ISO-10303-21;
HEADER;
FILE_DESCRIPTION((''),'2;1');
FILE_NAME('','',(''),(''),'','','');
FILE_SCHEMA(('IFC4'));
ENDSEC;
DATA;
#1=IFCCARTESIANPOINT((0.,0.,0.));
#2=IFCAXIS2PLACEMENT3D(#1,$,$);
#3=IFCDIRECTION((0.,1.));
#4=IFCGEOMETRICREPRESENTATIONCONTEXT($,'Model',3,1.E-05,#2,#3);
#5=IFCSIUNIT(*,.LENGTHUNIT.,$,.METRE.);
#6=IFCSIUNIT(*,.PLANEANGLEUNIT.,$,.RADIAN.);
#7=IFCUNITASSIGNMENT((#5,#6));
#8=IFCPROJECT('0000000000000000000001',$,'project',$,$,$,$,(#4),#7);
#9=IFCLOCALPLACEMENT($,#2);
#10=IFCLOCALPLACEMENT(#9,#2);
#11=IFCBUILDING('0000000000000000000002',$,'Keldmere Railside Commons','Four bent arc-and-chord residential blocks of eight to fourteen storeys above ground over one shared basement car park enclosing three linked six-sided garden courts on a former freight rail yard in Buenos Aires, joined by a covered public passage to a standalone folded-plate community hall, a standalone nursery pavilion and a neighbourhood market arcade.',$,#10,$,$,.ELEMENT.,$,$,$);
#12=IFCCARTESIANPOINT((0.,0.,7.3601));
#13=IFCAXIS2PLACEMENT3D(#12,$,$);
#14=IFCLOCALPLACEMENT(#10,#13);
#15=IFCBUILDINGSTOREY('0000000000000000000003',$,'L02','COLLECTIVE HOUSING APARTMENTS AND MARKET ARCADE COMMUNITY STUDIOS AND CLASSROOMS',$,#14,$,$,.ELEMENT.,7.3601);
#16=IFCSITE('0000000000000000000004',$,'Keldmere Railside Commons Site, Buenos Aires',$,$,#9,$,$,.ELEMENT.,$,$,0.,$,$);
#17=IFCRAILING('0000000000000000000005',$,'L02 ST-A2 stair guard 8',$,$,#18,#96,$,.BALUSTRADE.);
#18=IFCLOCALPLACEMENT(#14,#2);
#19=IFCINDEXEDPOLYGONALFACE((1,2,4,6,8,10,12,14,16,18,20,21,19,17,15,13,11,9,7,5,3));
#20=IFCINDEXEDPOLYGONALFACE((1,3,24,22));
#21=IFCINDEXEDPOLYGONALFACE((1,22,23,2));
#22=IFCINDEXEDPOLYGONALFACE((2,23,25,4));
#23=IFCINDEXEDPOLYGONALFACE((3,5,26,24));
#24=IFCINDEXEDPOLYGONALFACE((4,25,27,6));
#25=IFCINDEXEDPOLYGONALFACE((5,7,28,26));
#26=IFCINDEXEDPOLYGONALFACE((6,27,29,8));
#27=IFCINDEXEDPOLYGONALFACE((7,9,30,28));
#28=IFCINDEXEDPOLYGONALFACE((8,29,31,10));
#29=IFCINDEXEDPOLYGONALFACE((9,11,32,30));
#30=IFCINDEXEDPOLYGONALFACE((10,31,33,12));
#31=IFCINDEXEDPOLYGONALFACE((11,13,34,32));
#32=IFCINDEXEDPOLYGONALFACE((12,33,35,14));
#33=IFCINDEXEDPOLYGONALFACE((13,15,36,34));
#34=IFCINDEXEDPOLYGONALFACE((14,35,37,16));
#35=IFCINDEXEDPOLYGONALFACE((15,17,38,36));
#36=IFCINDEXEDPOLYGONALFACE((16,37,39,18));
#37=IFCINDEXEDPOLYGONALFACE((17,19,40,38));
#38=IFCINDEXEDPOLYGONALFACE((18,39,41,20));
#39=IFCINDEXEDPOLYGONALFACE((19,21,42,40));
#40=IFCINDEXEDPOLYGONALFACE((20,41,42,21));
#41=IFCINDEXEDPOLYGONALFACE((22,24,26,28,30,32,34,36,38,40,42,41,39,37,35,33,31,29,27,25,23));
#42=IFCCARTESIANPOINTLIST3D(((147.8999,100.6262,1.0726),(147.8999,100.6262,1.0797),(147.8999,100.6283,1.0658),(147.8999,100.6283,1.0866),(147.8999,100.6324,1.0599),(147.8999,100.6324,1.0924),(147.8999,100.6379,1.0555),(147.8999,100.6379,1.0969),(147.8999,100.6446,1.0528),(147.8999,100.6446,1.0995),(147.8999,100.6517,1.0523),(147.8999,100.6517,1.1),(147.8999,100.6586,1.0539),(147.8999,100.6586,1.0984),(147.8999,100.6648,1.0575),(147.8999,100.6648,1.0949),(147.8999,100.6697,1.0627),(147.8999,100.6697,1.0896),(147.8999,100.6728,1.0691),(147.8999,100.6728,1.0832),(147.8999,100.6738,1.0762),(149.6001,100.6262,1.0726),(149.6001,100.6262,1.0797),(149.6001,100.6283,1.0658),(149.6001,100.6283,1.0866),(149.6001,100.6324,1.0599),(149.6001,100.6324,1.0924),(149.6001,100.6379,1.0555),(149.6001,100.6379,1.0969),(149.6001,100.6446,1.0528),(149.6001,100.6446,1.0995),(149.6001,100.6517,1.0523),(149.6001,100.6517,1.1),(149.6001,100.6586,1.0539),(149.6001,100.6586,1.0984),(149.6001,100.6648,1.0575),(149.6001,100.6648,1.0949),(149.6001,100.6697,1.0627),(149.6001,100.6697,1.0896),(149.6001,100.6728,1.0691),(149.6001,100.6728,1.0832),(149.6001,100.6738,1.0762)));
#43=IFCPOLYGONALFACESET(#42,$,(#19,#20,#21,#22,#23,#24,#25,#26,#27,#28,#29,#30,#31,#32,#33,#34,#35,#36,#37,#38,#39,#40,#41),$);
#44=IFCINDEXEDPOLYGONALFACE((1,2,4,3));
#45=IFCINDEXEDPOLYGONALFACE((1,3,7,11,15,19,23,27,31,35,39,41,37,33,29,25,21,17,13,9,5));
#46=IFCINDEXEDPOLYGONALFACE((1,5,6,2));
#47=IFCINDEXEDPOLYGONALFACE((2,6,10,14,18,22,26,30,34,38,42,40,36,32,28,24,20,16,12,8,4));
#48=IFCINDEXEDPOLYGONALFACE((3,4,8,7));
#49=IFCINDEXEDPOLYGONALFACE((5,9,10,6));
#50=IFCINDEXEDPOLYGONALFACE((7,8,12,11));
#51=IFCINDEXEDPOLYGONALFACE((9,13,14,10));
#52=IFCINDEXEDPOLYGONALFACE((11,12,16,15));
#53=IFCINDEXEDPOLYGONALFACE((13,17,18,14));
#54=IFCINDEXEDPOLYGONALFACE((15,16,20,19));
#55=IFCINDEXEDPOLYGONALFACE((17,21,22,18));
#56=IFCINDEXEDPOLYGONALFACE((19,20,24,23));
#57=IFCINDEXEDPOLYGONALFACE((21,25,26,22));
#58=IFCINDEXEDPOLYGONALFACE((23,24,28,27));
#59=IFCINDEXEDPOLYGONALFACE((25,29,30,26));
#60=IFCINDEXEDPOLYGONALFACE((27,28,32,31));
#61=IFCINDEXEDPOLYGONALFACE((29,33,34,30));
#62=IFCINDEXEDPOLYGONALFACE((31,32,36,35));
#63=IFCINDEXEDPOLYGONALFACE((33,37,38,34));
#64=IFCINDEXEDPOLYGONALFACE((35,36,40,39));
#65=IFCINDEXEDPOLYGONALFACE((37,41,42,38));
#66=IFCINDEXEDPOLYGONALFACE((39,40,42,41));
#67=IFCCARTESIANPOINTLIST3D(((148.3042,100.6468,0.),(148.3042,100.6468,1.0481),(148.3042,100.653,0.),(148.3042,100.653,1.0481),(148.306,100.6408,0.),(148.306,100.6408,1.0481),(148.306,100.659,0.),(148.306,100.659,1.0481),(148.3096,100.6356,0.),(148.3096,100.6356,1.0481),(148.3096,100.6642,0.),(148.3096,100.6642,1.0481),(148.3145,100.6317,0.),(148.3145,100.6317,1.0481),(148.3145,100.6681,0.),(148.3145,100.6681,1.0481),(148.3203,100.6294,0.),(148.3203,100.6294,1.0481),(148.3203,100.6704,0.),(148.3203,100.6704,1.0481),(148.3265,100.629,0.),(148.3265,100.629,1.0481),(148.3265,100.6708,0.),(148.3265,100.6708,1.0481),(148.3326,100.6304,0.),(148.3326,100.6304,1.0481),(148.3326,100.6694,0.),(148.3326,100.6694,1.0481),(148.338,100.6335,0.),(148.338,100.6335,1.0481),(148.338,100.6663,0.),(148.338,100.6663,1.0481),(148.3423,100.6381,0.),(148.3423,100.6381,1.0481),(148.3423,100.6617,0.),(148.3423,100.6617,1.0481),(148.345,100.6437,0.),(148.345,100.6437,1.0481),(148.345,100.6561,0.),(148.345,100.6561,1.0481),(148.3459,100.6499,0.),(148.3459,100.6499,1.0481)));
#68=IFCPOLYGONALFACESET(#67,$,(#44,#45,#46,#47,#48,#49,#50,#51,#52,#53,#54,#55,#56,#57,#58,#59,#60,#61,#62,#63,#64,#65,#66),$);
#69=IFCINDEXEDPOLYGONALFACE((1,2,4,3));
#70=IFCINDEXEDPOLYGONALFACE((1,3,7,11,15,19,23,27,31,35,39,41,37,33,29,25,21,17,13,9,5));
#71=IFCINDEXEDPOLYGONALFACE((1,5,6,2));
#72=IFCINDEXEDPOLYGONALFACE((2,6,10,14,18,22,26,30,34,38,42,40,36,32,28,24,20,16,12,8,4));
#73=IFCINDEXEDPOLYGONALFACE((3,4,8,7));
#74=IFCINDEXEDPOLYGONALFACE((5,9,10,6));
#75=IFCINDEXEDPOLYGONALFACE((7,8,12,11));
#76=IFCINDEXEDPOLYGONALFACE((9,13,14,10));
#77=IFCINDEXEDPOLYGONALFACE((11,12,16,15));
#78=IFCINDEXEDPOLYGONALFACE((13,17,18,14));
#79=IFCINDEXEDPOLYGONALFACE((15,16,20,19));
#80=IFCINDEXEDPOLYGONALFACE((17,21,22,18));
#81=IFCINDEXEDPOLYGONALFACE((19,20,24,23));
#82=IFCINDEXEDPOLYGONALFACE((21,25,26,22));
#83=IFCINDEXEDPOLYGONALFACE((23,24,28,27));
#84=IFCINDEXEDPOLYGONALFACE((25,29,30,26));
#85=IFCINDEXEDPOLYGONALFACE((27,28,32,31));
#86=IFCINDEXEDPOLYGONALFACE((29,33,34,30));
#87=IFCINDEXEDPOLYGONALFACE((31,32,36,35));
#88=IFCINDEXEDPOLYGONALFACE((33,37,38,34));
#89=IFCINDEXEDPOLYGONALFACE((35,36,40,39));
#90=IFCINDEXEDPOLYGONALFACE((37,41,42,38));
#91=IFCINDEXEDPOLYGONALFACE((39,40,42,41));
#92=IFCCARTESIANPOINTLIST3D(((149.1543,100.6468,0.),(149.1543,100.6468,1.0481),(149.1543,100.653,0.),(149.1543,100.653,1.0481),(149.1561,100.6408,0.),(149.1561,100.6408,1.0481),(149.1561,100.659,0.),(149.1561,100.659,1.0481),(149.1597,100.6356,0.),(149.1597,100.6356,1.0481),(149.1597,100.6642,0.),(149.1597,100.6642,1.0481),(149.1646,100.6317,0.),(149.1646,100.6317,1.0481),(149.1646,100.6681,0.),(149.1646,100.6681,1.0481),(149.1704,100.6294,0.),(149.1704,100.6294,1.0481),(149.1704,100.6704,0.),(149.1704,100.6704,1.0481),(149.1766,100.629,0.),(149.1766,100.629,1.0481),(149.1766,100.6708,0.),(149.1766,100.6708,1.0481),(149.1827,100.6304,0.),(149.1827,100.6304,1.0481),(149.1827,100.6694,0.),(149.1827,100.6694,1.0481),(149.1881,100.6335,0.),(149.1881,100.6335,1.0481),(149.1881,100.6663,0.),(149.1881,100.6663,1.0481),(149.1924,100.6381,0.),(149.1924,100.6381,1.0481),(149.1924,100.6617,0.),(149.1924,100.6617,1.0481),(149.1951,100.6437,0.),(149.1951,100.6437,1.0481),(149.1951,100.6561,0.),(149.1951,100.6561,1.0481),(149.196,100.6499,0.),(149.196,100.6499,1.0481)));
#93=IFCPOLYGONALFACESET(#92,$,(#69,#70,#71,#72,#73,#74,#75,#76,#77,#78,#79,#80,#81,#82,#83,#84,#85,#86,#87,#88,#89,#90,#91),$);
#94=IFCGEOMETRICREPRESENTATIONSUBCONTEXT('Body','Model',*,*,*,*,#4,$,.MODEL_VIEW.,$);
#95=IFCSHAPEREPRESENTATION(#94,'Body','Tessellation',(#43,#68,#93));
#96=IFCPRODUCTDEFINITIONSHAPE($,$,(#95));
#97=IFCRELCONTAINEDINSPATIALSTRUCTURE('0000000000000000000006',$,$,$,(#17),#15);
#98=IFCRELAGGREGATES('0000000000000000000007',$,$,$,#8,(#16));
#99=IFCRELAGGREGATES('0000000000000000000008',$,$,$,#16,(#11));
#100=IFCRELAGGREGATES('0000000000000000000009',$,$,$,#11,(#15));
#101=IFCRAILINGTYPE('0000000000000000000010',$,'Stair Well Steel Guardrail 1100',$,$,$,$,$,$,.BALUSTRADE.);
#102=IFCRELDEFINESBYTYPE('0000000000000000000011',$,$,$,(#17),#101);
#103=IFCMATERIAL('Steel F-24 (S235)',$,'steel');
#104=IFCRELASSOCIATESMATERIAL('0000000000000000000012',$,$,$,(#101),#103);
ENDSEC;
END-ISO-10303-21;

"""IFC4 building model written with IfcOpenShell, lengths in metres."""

from ifc_helpers import new_model, si_unit, direction, frame, origin, origin_2d, place, context, subcontext, project, spatial, circle, extrude, material, type_object, element, save


model = new_model("IFC4")

# Units and contexts
model_context = context("Model", 3, precision=1e-05, world=origin(), true_north=direction((0.0, 1.0)))
body_context = subcontext(model_context, "Body", "Model", "MODEL_VIEW")
ifc_project = project(units=[si_unit("LENGTHUNIT", "METRE"), si_unit("PLANEANGLEUNIT", "RADIAN")], contexts=[model_context])

# Site, building, storey
site_placement = place(None, origin())
site = spatial("IfcSite", under=ifc_project, at=site_placement, Name="Keldmere Railside Commons Site, Buenos Aires", CompositionType="ELEMENT", RefElevation=0.0)
building_placement = place(site_placement, origin())
building = spatial("IfcBuilding", under=site, at=building_placement, Name="Keldmere Railside Commons", Description="Four bent arc-and-chord residential blocks of eight to fourteen storeys above ground over one shared basement car park enclosing three linked six-sided garden courts on a former freight rail yard in Buenos Aires, joined by a covered public passage to a standalone folded-plate community hall, a standalone nursery pavilion and a neighbourhood market arcade.", CompositionType="ELEMENT")
storey_placement = place(building_placement, frame((0.0, 0.0, 7.3601)))
storey = spatial("IfcBuildingStorey", under=building, at=storey_placement, Name="L02", Description="COLLECTIVE HOUSING APARTMENTS AND MARKET ARCADE COMMUNITY STUDIOS AND CLASSROOMS", CompositionType="ELEMENT", Elevation=7.3601)

# Railing
ifc_material_1 = material(Name="Steel F-24 (S235)", Category="steel")
railing_type_1 = type_object("IfcRailingType", Name="Stair Well Steel Guardrail 1100", PredefinedType="BALUSTRADE", material=ifc_material_1)
railing_1_placement = place(storey_placement, frame((147.8999, 100.6499, 0.0)))
element("IfcRailing", 1, at=railing_1_placement, inside=storey, type_object=railing_type_1, Name="L02 ST-A2 stair guard 8", PredefinedType="BALUSTRADE", context=body_context, shape_type="SweptSolid", body=[
    extrude(circle(Radius=0.0239, at=origin_2d()), frame((0.0, 0.0, 1.0762), z_axis=(1.0, 0.0, 0.0), x_axis=(0.0, 1.0, 0.0)), (0.0, 0.0, 1.0), 1.7002),
    extrude(circle(Radius=0.021, at=origin_2d()), frame((0.425, 0.0, 0.0)), (0.0, 0.0, 1.0), 1.0481),
    extrude(circle(Radius=0.021, at=origin_2d()), frame((1.2751, 0.0, 0.0)), (0.0, 0.0, 1.0), 1.0481),
])

save(model, "model.ifc")
